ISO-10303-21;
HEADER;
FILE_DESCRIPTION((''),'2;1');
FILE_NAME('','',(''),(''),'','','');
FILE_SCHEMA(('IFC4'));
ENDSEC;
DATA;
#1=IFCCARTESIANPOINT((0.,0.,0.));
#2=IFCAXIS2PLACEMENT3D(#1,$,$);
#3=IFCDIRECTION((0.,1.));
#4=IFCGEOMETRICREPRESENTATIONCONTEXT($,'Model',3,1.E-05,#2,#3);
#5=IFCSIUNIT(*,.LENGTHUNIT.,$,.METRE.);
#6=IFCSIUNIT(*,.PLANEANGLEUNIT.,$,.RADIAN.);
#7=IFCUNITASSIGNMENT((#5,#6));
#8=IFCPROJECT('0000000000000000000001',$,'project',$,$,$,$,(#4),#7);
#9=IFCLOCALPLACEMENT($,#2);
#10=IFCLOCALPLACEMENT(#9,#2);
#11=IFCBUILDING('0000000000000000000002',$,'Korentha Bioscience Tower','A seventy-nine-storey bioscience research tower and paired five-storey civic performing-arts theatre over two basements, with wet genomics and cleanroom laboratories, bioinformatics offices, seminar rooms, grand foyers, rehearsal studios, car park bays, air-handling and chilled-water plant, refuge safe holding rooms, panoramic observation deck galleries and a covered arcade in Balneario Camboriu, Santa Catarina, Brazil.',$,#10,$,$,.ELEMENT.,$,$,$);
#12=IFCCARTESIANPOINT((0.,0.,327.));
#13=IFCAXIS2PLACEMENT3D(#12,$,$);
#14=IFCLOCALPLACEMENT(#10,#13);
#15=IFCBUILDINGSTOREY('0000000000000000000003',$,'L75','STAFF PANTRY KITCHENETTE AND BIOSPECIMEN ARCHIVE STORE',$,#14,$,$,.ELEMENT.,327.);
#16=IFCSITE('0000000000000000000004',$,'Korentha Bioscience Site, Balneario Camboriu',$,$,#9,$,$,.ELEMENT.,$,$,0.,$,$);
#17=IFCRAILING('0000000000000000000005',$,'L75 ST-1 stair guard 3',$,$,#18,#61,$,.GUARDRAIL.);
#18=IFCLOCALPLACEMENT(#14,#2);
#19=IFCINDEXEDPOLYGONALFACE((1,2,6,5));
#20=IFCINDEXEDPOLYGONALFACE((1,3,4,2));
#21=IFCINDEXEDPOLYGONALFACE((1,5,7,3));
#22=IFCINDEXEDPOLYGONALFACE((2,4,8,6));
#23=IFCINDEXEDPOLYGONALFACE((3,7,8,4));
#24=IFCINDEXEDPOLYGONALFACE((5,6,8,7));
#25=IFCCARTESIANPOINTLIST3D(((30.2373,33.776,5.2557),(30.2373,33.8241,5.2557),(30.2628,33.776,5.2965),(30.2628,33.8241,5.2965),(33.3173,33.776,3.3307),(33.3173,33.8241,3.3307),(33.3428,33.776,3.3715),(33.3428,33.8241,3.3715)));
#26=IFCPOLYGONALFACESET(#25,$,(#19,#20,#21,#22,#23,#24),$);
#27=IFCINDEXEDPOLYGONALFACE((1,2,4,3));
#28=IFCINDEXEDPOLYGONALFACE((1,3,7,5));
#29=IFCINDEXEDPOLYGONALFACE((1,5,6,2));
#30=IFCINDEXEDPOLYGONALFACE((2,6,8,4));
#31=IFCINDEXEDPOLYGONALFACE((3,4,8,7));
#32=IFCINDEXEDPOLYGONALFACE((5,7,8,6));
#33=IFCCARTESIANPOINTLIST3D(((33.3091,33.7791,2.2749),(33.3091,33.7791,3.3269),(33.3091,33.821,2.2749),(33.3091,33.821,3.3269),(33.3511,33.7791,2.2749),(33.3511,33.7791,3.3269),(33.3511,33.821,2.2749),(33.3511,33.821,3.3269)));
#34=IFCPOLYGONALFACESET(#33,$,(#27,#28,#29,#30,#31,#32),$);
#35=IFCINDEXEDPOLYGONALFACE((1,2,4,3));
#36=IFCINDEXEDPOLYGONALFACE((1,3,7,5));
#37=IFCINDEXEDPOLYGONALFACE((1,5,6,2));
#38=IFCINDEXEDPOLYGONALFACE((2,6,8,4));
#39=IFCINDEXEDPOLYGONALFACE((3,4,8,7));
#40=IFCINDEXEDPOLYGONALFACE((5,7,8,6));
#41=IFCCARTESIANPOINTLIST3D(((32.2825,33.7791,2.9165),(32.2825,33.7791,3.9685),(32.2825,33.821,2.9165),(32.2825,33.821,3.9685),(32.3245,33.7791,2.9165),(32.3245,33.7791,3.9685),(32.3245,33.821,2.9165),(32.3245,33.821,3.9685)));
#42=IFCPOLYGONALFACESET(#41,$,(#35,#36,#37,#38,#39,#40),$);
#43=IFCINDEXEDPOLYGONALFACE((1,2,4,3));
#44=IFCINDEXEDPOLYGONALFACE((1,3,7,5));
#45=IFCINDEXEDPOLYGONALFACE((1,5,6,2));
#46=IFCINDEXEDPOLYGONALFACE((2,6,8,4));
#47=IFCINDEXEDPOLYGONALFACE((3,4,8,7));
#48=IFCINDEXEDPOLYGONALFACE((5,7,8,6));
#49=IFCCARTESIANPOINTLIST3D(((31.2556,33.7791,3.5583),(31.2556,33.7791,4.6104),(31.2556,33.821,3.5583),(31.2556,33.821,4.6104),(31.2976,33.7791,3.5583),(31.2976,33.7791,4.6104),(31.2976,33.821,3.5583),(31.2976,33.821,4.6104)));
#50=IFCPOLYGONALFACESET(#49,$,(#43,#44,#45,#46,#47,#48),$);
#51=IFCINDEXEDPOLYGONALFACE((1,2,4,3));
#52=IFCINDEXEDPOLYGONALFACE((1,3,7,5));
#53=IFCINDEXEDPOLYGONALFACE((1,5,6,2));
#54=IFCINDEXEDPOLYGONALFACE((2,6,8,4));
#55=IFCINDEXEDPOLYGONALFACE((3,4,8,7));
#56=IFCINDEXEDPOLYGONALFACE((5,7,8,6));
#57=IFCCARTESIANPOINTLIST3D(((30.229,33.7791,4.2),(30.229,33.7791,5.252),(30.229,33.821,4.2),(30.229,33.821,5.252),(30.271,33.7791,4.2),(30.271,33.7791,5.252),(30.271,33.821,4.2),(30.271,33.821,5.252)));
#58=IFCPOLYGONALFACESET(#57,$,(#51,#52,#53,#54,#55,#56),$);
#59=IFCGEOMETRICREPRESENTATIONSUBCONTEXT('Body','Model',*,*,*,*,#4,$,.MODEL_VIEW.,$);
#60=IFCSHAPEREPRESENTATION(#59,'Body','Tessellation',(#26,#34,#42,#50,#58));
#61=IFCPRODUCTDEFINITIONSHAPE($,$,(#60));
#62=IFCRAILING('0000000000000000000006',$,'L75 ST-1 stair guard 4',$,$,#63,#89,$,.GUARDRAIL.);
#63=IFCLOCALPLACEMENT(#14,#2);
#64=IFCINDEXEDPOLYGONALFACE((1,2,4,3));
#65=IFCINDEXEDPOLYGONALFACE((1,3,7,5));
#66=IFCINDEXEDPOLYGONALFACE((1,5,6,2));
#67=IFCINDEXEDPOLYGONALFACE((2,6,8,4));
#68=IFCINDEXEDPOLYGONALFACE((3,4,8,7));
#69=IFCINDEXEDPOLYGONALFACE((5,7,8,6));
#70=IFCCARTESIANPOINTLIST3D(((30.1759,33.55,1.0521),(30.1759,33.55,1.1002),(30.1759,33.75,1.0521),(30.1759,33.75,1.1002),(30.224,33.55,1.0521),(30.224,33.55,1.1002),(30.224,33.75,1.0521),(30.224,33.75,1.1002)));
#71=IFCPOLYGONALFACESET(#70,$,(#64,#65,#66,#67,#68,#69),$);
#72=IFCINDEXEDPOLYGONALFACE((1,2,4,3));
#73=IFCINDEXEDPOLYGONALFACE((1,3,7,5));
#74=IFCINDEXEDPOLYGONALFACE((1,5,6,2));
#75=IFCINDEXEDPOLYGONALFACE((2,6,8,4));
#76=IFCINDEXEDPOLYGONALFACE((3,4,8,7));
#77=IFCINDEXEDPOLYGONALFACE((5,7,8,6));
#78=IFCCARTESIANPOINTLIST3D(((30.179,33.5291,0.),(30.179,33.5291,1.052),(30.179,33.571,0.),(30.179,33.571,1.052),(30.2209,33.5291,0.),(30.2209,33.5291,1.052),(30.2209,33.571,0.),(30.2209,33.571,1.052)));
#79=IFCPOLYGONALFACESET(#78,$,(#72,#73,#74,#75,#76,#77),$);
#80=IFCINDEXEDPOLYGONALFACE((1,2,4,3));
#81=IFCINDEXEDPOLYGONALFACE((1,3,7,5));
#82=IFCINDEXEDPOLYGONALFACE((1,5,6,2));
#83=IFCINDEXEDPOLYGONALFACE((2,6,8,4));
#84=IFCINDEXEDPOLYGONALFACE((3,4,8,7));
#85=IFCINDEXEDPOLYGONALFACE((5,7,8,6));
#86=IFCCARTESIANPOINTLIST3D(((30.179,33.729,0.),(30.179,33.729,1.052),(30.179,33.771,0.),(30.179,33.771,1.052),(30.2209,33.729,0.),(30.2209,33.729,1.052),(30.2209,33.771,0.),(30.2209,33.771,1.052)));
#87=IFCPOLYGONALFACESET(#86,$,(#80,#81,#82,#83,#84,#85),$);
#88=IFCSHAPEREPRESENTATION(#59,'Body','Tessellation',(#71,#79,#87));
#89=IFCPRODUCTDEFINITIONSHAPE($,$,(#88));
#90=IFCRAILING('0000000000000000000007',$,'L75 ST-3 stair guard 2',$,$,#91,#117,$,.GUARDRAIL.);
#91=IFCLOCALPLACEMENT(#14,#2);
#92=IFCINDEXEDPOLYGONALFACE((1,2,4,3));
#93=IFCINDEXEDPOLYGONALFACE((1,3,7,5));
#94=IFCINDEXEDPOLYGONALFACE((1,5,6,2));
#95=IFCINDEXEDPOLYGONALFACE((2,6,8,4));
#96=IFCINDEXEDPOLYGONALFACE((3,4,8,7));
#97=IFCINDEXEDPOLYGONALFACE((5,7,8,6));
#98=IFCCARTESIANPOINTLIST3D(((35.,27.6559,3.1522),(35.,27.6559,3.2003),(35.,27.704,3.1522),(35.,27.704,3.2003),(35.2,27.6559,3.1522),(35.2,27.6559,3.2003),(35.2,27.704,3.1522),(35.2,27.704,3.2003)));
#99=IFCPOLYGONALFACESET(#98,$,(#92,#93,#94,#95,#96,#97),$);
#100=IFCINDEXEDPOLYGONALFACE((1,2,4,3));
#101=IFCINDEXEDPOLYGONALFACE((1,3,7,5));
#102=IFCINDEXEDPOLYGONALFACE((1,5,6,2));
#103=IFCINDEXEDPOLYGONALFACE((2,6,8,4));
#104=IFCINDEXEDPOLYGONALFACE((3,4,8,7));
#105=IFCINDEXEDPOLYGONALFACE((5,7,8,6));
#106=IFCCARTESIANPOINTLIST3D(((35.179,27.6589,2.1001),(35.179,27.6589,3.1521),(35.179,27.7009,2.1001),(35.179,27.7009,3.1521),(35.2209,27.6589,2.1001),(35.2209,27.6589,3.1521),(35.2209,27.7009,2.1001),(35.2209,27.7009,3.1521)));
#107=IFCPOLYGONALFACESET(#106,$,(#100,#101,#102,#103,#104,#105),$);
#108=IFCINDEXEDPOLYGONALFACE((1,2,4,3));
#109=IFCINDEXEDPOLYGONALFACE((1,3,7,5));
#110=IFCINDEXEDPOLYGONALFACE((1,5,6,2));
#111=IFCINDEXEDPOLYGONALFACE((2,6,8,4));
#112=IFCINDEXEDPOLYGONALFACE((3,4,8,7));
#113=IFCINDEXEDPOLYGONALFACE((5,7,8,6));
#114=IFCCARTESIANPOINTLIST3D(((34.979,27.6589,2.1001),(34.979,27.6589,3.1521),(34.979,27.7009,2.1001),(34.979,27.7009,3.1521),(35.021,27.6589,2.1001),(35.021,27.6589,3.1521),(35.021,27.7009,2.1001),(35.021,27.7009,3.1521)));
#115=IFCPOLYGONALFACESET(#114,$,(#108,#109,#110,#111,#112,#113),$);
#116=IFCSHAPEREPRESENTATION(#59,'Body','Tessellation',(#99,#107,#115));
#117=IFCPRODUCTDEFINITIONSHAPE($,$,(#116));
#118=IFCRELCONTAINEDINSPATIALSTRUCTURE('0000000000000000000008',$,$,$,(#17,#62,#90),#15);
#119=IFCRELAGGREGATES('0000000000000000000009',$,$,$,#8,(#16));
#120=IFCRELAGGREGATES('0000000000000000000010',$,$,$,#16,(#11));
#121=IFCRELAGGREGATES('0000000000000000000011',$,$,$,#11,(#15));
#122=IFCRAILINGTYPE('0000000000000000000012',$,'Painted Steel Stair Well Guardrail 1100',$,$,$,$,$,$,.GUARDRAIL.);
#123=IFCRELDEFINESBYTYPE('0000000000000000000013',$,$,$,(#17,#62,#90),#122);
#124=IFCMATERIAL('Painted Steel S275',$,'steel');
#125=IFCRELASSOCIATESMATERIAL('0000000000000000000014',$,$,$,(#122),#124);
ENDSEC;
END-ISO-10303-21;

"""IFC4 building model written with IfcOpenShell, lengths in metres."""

from ifc_helpers import new_model, si_unit, direction, frame, origin, origin_2d, place, context, subcontext, project, spatial, rectangle, extrude, material, type_object, element, save


model = new_model("IFC4")

# Units and contexts
model_context = context("Model", 3, precision=1e-05, world=origin(), true_north=direction((0.0, 1.0)))
body_context = subcontext(model_context, "Body", "Model", "MODEL_VIEW")
ifc_project = project(units=[si_unit("LENGTHUNIT", "METRE"), si_unit("PLANEANGLEUNIT", "RADIAN")], contexts=[model_context])

# Site, building, storey
site_placement = place(None, origin())
site = spatial("IfcSite", under=ifc_project, at=site_placement, Name="Korentha Bioscience Site, Balneario Camboriu", CompositionType="ELEMENT", RefElevation=0.0)
building_placement = place(site_placement, origin())
building = spatial("IfcBuilding", under=site, at=building_placement, Name="Korentha Bioscience Tower", Description="A seventy-nine-storey bioscience research tower and paired five-storey civic performing-arts theatre over two basements, with wet genomics and cleanroom laboratories, bioinformatics offices, seminar rooms, grand foyers, rehearsal studios, car park bays, air-handling and chilled-water plant, refuge safe holding rooms, panoramic observation deck galleries and a covered arcade in Balneario Camboriu, Santa Catarina, Brazil.", CompositionType="ELEMENT")
storey_placement = place(building_placement, frame((0.0, 0.0, 327.0)))
storey = spatial("IfcBuildingStorey", under=building, at=storey_placement, Name="L75", Description="STAFF PANTRY KITCHENETTE AND BIOSPECIMEN ARCHIVE STORE", CompositionType="ELEMENT", Elevation=327.0)

# Railings
ifc_material_1 = material(Name="Painted Steel S275", Category="steel")
railing_type_1 = type_object("IfcRailingType", Name="Painted Steel Stair Well Guardrail 1100", PredefinedType="GUARDRAIL", material=ifc_material_1)
railing_1_placement = place(storey_placement, frame((33.3301, 33.8, 2.2749)))
element("IfcRailing", 1, at=railing_1_placement, inside=storey, type_object=railing_type_1, Name="L75 ST-1 stair guard 3", PredefinedType="GUARDRAIL", context=body_context, shape_type="SweptSolid", body=[
    extrude(rectangle(XDim=0.0481, YDim=0.0481, at=origin_2d()), frame((0.0, 0.0, 1.0762), z_axis=(-0.847998, 0.0, 0.529999), x_axis=(0.0, -1.0, 0.0)), (0.0, 0.0, 1.0), 3.6321),
    extrude(rectangle(XDim=0.042, YDim=0.042, at=origin_2d()), origin(), (0.0, 0.0, 1.0), 1.052),
    extrude(rectangle(XDim=0.042, YDim=0.042, at=origin_2d()), frame((-1.0266, 0.0, 0.6416)), (0.0, 0.0, 1.0), 1.052),
    extrude(rectangle(XDim=0.042, YDim=0.042, at=origin_2d()), frame((-2.0535, 0.0, 1.2834)), (0.0, 0.0, 1.0), 1.052),
    extrude(rectangle(XDim=0.042, YDim=0.042, at=origin_2d()), frame((-3.0801, 0.0, 1.925)), (0.0, 0.0, 1.0), 1.052),
])
railing_2_placement = place(storey_placement, frame((30.2, 33.55, 0.0)))
element("IfcRailing", 2, at=railing_2_placement, inside=storey, type_object=railing_type_1, Name="L75 ST-1 stair guard 4", PredefinedType="GUARDRAIL", context=body_context, shape_type="SweptSolid", body=[
    extrude(rectangle(XDim=0.0481, YDim=0.0481, at=origin_2d()), frame((0.0, 0.0, 1.0762), z_axis=(0.0, 1.0, 0.0), x_axis=(-1.0, 0.0, 0.0)), (0.0, 0.0, 1.0), 0.2),
    extrude(rectangle(XDim=0.042, YDim=0.042, at=origin_2d()), origin(), (0.0, 0.0, 1.0), 1.052),
    extrude(rectangle(XDim=0.042, YDim=0.042, at=origin_2d()), frame((0.0, 0.2, 0.0)), (0.0, 0.0, 1.0), 1.052),
])
railing_3_placement = place(storey_placement, frame((35.2, 27.6799, 2.1001)))
element("IfcRailing", 3, at=railing_3_placement, inside=storey, type_object=railing_type_1, Name="L75 ST-3 stair guard 2", PredefinedType="GUARDRAIL", context=body_context, shape_type="SweptSolid", body=[
    extrude(rectangle(XDim=0.0481, YDim=0.0481, at=origin_2d()), frame((0.0, 0.0, 1.0762), z_axis=(-1.0, 0.0, 0.0), x_axis=(0.0, -1.0, 0.0)), (0.0, 0.0, 1.0), 0.2),
    extrude(rectangle(XDim=0.042, YDim=0.042, at=origin_2d()), origin(), (0.0, 0.0, 1.0), 1.052),
    extrude(rectangle(XDim=0.042, YDim=0.042, at=origin_2d()), frame((-0.2, 0.0, 0.0)), (0.0, 0.0, 1.0), 1.052),
])

save(model, "model.ifc")
